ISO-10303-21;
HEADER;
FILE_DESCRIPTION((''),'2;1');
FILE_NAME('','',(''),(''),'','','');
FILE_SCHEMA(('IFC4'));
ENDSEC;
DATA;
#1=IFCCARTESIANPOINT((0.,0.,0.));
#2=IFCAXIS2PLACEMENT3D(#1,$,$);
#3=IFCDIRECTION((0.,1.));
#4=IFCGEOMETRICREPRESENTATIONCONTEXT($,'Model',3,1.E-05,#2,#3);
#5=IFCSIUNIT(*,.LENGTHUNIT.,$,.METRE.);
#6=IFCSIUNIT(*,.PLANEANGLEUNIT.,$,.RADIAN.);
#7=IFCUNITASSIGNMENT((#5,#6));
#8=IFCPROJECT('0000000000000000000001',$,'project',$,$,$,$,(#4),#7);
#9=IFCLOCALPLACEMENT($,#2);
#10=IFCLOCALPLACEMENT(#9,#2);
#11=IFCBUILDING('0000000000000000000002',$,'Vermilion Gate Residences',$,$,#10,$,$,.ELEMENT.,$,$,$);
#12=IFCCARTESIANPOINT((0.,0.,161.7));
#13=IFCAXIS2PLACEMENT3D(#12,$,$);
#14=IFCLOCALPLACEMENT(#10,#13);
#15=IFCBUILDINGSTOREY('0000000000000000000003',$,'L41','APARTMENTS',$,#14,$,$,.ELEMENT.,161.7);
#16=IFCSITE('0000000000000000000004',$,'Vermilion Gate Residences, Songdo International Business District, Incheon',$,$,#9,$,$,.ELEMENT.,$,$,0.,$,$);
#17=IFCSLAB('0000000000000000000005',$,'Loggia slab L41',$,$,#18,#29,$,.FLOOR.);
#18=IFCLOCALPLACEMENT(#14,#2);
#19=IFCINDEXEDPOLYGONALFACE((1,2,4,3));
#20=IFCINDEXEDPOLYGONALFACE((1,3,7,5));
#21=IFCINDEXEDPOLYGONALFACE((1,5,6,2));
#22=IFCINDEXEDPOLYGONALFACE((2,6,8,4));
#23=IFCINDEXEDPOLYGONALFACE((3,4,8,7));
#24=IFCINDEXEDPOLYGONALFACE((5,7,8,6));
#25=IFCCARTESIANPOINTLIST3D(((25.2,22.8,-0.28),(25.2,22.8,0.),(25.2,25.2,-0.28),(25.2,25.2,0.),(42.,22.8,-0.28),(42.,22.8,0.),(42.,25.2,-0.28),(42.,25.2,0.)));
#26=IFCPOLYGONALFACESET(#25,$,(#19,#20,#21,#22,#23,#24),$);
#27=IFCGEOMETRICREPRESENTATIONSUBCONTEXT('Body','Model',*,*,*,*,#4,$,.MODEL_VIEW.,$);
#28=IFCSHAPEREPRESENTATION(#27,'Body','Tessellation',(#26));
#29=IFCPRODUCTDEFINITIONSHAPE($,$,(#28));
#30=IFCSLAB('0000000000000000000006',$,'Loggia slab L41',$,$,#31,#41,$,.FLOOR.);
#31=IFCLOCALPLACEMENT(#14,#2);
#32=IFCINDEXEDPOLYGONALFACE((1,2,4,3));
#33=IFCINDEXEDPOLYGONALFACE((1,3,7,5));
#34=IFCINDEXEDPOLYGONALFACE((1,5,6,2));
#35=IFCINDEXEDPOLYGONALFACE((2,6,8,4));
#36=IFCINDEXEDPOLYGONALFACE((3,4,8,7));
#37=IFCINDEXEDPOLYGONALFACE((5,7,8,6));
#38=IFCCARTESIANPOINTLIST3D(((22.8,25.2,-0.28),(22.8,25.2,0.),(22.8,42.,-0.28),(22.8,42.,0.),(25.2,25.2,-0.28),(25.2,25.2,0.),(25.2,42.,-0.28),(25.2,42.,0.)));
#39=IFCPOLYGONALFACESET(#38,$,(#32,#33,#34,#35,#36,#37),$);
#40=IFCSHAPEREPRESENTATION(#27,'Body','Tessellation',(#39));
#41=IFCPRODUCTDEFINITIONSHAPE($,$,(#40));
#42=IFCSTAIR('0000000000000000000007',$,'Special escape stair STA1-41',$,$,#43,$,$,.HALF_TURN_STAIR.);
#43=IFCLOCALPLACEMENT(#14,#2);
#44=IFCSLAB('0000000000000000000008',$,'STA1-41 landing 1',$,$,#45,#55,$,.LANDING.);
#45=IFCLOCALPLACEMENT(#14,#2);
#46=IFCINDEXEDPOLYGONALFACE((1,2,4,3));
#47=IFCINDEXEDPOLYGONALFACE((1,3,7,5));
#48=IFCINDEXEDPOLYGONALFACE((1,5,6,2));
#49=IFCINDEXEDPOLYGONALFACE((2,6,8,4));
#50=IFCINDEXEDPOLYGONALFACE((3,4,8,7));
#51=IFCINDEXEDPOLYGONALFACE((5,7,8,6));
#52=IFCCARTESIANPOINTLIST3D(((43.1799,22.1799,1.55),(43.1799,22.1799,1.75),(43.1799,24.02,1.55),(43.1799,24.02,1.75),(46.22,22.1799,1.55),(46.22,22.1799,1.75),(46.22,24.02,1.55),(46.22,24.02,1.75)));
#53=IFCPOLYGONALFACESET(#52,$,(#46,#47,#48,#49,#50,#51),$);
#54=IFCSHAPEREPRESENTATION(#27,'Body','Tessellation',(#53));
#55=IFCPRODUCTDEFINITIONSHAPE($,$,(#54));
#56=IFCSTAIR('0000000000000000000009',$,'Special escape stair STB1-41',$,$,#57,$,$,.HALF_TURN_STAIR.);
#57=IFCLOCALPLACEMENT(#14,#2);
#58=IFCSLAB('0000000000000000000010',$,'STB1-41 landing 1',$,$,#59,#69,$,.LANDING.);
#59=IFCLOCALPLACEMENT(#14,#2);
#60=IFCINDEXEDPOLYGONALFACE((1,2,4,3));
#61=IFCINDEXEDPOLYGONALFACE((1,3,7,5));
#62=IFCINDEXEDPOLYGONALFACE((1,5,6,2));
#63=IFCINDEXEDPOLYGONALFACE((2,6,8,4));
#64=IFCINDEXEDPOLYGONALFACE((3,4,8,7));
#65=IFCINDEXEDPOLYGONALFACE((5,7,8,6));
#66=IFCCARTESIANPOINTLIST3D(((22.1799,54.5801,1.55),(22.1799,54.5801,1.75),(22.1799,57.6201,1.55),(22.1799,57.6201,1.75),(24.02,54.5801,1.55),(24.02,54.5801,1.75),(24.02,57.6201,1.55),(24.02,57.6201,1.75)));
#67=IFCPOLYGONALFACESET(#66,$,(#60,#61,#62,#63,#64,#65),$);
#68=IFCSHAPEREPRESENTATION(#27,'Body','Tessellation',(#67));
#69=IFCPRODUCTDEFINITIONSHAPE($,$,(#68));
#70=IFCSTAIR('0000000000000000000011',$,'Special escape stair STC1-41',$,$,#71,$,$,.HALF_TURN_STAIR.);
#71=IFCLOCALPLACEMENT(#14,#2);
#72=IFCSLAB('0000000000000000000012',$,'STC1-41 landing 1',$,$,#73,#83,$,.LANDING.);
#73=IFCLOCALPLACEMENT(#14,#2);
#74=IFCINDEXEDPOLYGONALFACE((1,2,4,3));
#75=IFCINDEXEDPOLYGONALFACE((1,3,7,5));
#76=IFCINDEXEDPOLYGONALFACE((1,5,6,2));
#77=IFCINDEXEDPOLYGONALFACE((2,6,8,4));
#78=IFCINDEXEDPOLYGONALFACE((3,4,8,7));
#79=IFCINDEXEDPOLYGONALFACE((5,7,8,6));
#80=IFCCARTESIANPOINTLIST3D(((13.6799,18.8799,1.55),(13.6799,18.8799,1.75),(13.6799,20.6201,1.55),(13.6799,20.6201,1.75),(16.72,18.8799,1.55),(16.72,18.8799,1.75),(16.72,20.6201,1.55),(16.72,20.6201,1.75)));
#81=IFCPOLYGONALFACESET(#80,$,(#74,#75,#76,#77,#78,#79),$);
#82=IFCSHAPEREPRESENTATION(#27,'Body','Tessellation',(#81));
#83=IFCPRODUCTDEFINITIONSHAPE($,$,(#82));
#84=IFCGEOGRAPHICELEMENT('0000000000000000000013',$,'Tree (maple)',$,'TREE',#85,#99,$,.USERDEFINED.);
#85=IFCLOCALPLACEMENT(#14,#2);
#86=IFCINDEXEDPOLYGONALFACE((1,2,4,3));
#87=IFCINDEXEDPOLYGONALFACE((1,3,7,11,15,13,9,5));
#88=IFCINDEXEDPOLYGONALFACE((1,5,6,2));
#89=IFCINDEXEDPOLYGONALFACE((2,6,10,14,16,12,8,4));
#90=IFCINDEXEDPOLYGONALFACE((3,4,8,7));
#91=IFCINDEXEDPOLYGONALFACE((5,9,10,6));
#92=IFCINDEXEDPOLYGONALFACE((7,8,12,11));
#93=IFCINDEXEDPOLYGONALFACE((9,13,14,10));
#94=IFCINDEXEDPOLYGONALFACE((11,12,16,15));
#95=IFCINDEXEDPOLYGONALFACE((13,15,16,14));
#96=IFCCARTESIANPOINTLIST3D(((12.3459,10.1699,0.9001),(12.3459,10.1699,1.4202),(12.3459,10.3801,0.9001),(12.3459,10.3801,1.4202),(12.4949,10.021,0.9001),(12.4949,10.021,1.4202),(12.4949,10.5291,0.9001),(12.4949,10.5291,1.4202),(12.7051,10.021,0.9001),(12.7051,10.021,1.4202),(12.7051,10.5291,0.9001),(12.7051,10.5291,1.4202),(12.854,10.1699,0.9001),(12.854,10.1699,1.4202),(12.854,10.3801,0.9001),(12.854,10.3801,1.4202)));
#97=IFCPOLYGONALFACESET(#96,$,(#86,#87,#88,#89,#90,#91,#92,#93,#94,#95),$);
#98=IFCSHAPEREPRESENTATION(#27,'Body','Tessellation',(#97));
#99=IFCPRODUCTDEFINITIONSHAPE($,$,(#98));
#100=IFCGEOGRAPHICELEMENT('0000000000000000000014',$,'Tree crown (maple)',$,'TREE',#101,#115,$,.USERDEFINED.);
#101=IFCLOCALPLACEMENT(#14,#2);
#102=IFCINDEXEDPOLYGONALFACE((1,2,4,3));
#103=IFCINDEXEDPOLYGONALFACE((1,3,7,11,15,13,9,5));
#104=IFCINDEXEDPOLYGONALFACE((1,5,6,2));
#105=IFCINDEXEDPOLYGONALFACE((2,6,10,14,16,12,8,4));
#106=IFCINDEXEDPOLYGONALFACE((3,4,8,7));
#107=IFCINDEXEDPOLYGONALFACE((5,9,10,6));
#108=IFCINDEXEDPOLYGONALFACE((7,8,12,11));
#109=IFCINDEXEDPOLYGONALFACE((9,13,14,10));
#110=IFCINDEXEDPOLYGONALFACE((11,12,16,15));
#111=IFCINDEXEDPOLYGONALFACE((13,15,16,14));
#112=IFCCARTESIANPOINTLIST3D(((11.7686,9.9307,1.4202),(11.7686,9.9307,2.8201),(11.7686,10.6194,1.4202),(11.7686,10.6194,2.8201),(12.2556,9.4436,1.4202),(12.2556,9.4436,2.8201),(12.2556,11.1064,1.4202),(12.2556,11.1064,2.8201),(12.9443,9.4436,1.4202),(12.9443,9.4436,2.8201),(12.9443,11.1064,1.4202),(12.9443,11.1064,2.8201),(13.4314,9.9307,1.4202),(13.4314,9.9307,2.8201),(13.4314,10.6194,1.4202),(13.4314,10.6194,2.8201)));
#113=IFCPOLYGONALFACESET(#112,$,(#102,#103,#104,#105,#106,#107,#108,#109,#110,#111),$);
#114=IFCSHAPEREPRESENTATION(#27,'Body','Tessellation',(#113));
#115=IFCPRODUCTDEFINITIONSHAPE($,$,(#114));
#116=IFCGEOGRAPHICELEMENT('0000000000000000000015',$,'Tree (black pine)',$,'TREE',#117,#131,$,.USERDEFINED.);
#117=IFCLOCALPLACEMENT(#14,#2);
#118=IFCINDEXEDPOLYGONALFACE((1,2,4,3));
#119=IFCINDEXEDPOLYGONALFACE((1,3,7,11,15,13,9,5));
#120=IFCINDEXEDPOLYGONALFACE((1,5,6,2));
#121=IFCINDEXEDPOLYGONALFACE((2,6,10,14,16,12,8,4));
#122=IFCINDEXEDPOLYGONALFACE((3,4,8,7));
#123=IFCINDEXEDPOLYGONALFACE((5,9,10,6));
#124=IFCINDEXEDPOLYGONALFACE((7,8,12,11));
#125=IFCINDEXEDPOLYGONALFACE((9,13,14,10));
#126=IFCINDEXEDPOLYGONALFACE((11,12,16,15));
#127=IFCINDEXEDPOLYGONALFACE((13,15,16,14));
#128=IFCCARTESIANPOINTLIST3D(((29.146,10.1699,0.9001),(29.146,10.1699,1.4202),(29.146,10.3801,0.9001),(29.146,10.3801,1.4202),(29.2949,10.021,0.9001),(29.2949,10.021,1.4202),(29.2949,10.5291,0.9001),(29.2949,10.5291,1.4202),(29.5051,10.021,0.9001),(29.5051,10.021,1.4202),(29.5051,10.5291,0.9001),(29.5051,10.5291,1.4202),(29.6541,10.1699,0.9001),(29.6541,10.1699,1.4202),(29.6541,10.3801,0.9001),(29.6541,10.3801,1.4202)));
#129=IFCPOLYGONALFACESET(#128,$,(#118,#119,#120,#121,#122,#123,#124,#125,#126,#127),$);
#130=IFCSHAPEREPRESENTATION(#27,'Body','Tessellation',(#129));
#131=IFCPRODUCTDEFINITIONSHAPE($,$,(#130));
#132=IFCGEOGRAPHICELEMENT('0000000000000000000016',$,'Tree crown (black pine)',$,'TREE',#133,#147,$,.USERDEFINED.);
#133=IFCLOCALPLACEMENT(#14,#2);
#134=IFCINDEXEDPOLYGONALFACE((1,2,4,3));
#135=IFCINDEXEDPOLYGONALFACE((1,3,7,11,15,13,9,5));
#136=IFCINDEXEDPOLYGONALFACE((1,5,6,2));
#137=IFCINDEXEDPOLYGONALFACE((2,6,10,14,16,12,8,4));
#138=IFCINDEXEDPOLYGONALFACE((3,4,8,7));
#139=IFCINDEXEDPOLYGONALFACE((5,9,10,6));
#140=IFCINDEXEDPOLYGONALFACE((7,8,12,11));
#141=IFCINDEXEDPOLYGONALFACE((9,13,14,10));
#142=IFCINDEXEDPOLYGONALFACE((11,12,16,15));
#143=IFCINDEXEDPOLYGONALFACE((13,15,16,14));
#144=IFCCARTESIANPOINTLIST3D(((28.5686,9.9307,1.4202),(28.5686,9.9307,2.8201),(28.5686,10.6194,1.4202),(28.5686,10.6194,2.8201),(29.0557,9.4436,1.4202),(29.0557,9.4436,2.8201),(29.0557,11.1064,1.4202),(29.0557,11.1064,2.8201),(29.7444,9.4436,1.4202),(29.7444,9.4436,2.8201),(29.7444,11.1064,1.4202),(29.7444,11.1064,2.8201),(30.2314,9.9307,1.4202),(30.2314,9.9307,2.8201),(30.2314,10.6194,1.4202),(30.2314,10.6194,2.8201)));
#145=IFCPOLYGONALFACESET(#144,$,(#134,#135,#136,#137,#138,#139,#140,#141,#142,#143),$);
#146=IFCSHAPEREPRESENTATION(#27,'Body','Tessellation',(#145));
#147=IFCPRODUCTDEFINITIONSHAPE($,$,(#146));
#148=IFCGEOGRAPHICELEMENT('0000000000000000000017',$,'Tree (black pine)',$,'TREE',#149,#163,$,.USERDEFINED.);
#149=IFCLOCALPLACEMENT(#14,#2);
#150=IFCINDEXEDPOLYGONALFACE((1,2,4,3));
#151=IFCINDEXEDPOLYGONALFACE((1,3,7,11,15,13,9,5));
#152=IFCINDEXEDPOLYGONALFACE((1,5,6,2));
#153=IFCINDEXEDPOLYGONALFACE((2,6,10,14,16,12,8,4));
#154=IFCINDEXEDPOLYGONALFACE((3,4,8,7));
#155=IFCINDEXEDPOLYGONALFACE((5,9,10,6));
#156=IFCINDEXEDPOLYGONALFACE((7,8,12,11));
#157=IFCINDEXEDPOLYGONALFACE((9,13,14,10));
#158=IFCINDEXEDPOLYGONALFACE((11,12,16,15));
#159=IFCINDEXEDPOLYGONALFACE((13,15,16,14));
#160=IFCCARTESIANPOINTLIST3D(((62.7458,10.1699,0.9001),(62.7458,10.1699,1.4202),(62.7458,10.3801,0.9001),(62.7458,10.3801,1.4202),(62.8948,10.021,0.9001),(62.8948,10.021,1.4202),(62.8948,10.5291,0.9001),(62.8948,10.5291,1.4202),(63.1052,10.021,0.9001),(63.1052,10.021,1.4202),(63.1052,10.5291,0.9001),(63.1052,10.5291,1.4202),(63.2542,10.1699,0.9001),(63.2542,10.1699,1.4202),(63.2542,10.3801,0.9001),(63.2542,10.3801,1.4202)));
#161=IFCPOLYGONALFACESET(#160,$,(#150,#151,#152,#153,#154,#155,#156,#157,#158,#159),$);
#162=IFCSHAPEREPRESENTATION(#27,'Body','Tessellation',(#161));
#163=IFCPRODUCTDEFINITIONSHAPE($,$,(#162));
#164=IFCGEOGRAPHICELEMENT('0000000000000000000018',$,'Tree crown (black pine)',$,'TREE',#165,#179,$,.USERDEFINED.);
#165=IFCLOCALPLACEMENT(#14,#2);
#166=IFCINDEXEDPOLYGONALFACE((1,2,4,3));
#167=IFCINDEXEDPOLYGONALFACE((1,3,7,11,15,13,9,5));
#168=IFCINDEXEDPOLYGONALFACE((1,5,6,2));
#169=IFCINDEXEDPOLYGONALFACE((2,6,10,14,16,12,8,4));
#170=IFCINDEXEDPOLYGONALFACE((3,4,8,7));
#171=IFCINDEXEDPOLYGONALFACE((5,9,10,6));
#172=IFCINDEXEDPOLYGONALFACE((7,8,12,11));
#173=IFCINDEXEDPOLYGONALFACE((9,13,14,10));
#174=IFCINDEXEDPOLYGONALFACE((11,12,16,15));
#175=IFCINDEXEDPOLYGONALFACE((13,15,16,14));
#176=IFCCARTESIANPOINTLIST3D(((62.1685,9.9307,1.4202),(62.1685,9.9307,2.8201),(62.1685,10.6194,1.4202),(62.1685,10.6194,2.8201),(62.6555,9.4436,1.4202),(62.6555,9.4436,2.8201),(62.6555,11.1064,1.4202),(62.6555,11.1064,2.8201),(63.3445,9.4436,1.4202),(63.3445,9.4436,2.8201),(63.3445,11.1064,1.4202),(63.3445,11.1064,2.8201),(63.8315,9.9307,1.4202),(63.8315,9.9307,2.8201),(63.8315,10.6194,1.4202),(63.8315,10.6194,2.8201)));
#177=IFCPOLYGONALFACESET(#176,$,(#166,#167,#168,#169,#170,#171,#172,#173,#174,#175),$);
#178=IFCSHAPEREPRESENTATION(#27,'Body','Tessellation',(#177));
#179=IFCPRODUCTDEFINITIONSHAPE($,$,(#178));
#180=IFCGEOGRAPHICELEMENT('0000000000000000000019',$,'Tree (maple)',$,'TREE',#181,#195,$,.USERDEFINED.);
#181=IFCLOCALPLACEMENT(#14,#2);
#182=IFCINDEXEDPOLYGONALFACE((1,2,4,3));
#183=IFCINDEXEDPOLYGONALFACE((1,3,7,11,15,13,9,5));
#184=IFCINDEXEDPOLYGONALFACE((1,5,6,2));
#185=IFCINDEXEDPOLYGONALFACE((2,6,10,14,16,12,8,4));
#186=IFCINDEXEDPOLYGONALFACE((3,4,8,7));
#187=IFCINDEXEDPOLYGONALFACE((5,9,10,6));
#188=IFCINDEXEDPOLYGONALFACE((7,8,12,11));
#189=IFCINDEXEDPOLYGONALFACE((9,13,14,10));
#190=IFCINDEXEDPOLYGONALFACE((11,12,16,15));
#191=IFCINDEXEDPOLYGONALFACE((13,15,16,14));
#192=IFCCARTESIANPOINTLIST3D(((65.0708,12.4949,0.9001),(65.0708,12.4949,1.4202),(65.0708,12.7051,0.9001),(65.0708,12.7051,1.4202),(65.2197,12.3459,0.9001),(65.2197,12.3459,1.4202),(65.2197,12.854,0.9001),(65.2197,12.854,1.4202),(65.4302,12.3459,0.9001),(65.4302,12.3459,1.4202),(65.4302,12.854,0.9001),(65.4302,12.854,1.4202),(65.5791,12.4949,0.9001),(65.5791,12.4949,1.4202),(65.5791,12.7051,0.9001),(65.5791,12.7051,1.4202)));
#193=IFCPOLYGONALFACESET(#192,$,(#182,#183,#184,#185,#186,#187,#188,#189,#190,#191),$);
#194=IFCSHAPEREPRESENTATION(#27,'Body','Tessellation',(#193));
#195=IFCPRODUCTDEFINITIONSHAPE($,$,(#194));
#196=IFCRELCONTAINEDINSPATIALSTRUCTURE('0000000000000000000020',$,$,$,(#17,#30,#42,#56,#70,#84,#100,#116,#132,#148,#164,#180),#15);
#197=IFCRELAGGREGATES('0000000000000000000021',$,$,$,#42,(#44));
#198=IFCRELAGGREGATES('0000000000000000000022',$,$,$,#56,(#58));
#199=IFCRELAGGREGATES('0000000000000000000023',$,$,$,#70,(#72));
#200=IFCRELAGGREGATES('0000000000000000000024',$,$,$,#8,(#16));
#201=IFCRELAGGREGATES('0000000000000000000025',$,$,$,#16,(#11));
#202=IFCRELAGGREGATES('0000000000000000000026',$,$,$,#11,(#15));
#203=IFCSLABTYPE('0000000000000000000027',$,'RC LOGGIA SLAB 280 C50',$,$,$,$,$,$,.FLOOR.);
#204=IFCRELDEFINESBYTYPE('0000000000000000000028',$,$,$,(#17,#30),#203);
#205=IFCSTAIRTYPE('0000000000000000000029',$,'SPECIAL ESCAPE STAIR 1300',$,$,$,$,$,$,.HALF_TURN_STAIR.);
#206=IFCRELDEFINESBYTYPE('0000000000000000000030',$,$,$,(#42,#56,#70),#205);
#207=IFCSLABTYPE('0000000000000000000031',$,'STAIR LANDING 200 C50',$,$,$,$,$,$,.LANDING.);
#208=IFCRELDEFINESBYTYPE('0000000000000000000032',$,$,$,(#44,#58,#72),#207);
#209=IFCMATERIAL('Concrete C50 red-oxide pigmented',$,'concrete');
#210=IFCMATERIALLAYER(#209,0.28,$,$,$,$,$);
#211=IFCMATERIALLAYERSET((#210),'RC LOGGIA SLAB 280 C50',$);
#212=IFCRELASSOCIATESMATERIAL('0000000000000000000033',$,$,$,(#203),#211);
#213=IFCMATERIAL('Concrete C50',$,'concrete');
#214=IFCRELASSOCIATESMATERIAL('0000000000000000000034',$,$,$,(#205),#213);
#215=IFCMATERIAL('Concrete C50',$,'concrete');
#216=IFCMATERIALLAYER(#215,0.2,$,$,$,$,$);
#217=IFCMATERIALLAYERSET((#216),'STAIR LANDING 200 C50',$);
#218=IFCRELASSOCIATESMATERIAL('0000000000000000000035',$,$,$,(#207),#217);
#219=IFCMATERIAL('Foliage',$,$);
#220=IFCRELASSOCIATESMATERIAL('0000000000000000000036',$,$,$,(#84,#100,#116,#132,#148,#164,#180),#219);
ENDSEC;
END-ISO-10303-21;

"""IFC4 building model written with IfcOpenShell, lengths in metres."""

from ifc_helpers import new_model, si_unit, direction, frame, origin, place, context, subcontext, project, spatial, polyline, outline, extrude, material, layer, layer_set, type_object, element, aggregate, save


model = new_model("IFC4")

# Units and contexts
model_context = context("Model", 3, precision=1e-05, world=origin(), true_north=direction((0.0, 1.0)))
body_context = subcontext(model_context, "Body", "Model", "MODEL_VIEW")
ifc_project = project(units=[si_unit("LENGTHUNIT", "METRE"), si_unit("PLANEANGLEUNIT", "RADIAN")], contexts=[model_context])

# Site, building, storey
site_placement = place(None, origin())
site = spatial("IfcSite", under=ifc_project, at=site_placement, Name="Vermilion Gate Residences, Songdo International Business District, Incheon", CompositionType="ELEMENT", RefElevation=0.0)
building_placement = place(site_placement, origin())
building = spatial("IfcBuilding", under=site, at=building_placement, Name="Vermilion Gate Residences", CompositionType="ELEMENT")
storey_placement = place(building_placement, frame((0.0, 0.0, 161.7)))
storey = spatial("IfcBuildingStorey", under=building, at=storey_placement, Name="L41", Description="APARTMENTS", CompositionType="ELEMENT", Elevation=161.7)

# Slabs
ifc_material_1 = material(Name="Concrete C50 red-oxide pigmented", Category="concrete")
ifc_layer_1 = layer(ifc_material_1, 0.28)
ifc_layer_set_1 = layer_set([ifc_layer_1], Name="RC LOGGIA SLAB 280 C50")
slab_type_1 = type_object("IfcSlabType", Name="RC LOGGIA SLAB 280 C50", PredefinedType="FLOOR", material=ifc_layer_set_1)
slab_1_placement = place(storey_placement, frame((0.0, 0.0, -0.28)))
element("IfcSlab", 1, at=slab_1_placement, inside=storey, type_object=slab_type_1, Name="Loggia slab L41", PredefinedType="FLOOR", context=body_context, shape_type="SweptSolid", body=[
    extrude(outline(polyline([(42.0, 25.2), (25.2, 25.2), (25.2, 22.8), (42.0, 22.8), (42.0, 25.2)])), origin(), (0.0, 0.0, 1.0), 0.28),
])
slab_2_placement = place(storey_placement, frame((0.0, 0.0, -0.28)))
element("IfcSlab", 2, at=slab_2_placement, inside=storey, type_object=slab_type_1, Name="Loggia slab L41", PredefinedType="FLOOR", context=body_context, shape_type="SweptSolid", body=[
    extrude(outline(polyline([(22.8, 42.0), (22.8, 25.2), (25.2, 25.2), (25.2, 42.0), (22.8, 42.0)])), origin(), (0.0, 0.0, 1.0), 0.28),
])

# Stairs, slabs
ifc_material_2 = material(Name="Concrete C50", Category="concrete")
stair_type = type_object("IfcStairType", Name="SPECIAL ESCAPE STAIR 1300", PredefinedType="HALF_TURN_STAIR", material=ifc_material_2)
stair_1_placement = place(storey_placement, origin())
stair_1 = element("IfcStair", 3, at=stair_1_placement, inside=storey, type_object=stair_type, Name="Special escape stair STA1-41", PredefinedType="HALF_TURN_STAIR")
ifc_material_3 = material(Name="Concrete C50", Category="concrete")
ifc_layer_2 = layer(ifc_material_3, 0.2)
ifc_layer_set_2 = layer_set([ifc_layer_2], Name="STAIR LANDING 200 C50")
slab_type_2 = type_object("IfcSlabType", Name="STAIR LANDING 200 C50", PredefinedType="LANDING", material=ifc_layer_set_2)
slab_3_placement = place(storey_placement, frame((0.0, 0.0, 1.55)))
slab_3 = element("IfcSlab", 4, at=slab_3_placement, type_object=slab_type_2, Name="STA1-41 landing 1", PredefinedType="LANDING", context=body_context, shape_type="SweptSolid", body=[
    extrude(outline(polyline([(46.22, 22.1799), (46.22, 24.02), (43.1799, 24.02), (43.1799, 22.1799), (46.22, 22.1799)])), origin(), (0.0, 0.0, 1.0), 0.2),
])
aggregate(stair_1, [slab_3])
stair_2_placement = place(storey_placement, origin())
stair_2 = element("IfcStair", 5, at=stair_2_placement, inside=storey, type_object=stair_type, Name="Special escape stair STB1-41", PredefinedType="HALF_TURN_STAIR")
slab_4_placement = place(storey_placement, frame((0.0, 0.0, 1.55)))
slab_4 = element("IfcSlab", 6, at=slab_4_placement, type_object=slab_type_2, Name="STB1-41 landing 1", PredefinedType="LANDING", context=body_context, shape_type="SweptSolid", body=[
    extrude(outline(polyline([(24.02, 54.5801), (24.02, 57.6201), (22.1799, 57.6201), (22.1799, 54.5801), (24.02, 54.5801)])), origin(), (0.0, 0.0, 1.0), 0.2),
])
aggregate(stair_2, [slab_4])
stair_3_placement = place(storey_placement, origin())
stair_3 = element("IfcStair", 7, at=stair_3_placement, inside=storey, type_object=stair_type, Name="Special escape stair STC1-41", PredefinedType="HALF_TURN_STAIR")
slab_5_placement = place(storey_placement, frame((0.0, 0.0, 1.55)))
slab_5 = element("IfcSlab", 8, at=slab_5_placement, type_object=slab_type_2, Name="STC1-41 landing 1", PredefinedType="LANDING", context=body_context, shape_type="SweptSolid", body=[
    extrude(outline(polyline([(16.72, 18.8799), (16.72, 20.6201), (13.6799, 20.6201), (13.6799, 18.8799), (16.72, 18.8799)])), origin(), (0.0, 0.0, 1.0), 0.2),
])
aggregate(stair_3, [slab_5])

# Geographic elements
ifc_material_4 = material(Name="Foliage")
geographic_element_1_placement = place(storey_placement, frame((0.0, 0.0, 0.9001)))
element("IfcGeographicElement", 9, at=geographic_element_1_placement, inside=storey, material=ifc_material_4, Name="Tree (maple)", ObjectType="TREE", PredefinedType="USERDEFINED", context=body_context, shape_type="SweptSolid", body=[
    extrude(outline(polyline([(12.854, 10.3801), (12.7051, 10.5291), (12.4949, 10.5291), (12.3459, 10.3801), (12.3459, 10.1699), (12.4949, 10.021), (12.7051, 10.021), (12.854, 10.1699), (12.854, 10.3801)])), origin(), (0.0, 0.0, 1.0), 0.52),
])
geographic_element_2_placement = place(storey_placement, frame((0.0, 0.0, 1.4202)))
element("IfcGeographicElement", 10, at=geographic_element_2_placement, inside=storey, material=ifc_material_4, Name="Tree crown (maple)", ObjectType="TREE", PredefinedType="USERDEFINED", context=body_context, shape_type="SweptSolid", body=[
    extrude(outline(polyline([(13.4314, 10.6194), (12.9443, 11.1064), (12.2556, 11.1064), (11.7686, 10.6194), (11.7686, 9.9307), (12.2556, 9.4436), (12.9443, 9.4436), (13.4314, 9.9307), (13.4314, 10.6194)])), origin(), (0.0, 0.0, 1.0), 1.3999),
])
geographic_element_3_placement = place(storey_placement, frame((0.0, 0.0, 0.9001)))
element("IfcGeographicElement", 11, at=geographic_element_3_placement, inside=storey, material=ifc_material_4, Name="Tree (black pine)", ObjectType="TREE", PredefinedType="USERDEFINED", context=body_context, shape_type="SweptSolid", body=[
    extrude(outline(polyline([(29.6541, 10.3801), (29.5051, 10.5291), (29.2949, 10.5291), (29.146, 10.3801), (29.146, 10.1699), (29.2949, 10.021), (29.5051, 10.021), (29.6541, 10.1699), (29.6541, 10.3801)])), origin(), (0.0, 0.0, 1.0), 0.52),
])
geographic_element_4_placement = place(storey_placement, frame((0.0, 0.0, 1.4202)))
element("IfcGeographicElement", 12, at=geographic_element_4_placement, inside=storey, material=ifc_material_4, Name="Tree crown (black pine)", ObjectType="TREE", PredefinedType="USERDEFINED", context=body_context, shape_type="SweptSolid", body=[
    extrude(outline(polyline([(30.2314, 10.6194), (29.7444, 11.1064), (29.0557, 11.1064), (28.5686, 10.6194), (28.5686, 9.9307), (29.0557, 9.4436), (29.7444, 9.4436), (30.2314, 9.9307), (30.2314, 10.6194)])), origin(), (0.0, 0.0, 1.0), 1.3999),
])
geographic_element_5_placement = place(storey_placement, frame((0.0, 0.0, 0.9001)))
element("IfcGeographicElement", 13, at=geographic_element_5_placement, inside=storey, material=ifc_material_4, Name="Tree (black pine)", ObjectType="TREE", PredefinedType="USERDEFINED", context=body_context, shape_type="SweptSolid", body=[
    extrude(outline(polyline([(63.2542, 10.3801), (63.1052, 10.5291), (62.8948, 10.5291), (62.7458, 10.3801), (62.7458, 10.1699), (62.8948, 10.021), (63.1052, 10.021), (63.2542, 10.1699), (63.2542, 10.3801)])), origin(), (0.0, 0.0, 1.0), 0.52),
])
geographic_element_6_placement = place(storey_placement, frame((0.0, 0.0, 1.4202)))
element("IfcGeographicElement", 14, at=geographic_element_6_placement, inside=storey, material=ifc_material_4, Name="Tree crown (black pine)", ObjectType="TREE", PredefinedType="USERDEFINED", context=body_context, shape_type="SweptSolid", body=[
    extrude(outline(polyline([(63.8315, 10.6194), (63.3445, 11.1064), (62.6555, 11.1064), (62.1685, 10.6194), (62.1685, 9.9307), (62.6555, 9.4436), (63.3445, 9.4436), (63.8315, 9.9307), (63.8315, 10.6194)])), origin(), (0.0, 0.0, 1.0), 1.3999),
])
geographic_element_7_placement = place(storey_placement, frame((0.0, 0.0, 0.9001)))
element("IfcGeographicElement", 15, at=geographic_element_7_placement, inside=storey, material=ifc_material_4, Name="Tree (maple)", ObjectType="TREE", PredefinedType="USERDEFINED", context=body_context, shape_type="SweptSolid", body=[
    extrude(outline(polyline([(65.5791, 12.7051), (65.4302, 12.854), (65.2197, 12.854), (65.0708, 12.7051), (65.0708, 12.4949), (65.2197, 12.3459), (65.4302, 12.3459), (65.5791, 12.4949), (65.5791, 12.7051)])), origin(), (0.0, 0.0, 1.0), 0.52),
])

save(model, "model.ifc")
